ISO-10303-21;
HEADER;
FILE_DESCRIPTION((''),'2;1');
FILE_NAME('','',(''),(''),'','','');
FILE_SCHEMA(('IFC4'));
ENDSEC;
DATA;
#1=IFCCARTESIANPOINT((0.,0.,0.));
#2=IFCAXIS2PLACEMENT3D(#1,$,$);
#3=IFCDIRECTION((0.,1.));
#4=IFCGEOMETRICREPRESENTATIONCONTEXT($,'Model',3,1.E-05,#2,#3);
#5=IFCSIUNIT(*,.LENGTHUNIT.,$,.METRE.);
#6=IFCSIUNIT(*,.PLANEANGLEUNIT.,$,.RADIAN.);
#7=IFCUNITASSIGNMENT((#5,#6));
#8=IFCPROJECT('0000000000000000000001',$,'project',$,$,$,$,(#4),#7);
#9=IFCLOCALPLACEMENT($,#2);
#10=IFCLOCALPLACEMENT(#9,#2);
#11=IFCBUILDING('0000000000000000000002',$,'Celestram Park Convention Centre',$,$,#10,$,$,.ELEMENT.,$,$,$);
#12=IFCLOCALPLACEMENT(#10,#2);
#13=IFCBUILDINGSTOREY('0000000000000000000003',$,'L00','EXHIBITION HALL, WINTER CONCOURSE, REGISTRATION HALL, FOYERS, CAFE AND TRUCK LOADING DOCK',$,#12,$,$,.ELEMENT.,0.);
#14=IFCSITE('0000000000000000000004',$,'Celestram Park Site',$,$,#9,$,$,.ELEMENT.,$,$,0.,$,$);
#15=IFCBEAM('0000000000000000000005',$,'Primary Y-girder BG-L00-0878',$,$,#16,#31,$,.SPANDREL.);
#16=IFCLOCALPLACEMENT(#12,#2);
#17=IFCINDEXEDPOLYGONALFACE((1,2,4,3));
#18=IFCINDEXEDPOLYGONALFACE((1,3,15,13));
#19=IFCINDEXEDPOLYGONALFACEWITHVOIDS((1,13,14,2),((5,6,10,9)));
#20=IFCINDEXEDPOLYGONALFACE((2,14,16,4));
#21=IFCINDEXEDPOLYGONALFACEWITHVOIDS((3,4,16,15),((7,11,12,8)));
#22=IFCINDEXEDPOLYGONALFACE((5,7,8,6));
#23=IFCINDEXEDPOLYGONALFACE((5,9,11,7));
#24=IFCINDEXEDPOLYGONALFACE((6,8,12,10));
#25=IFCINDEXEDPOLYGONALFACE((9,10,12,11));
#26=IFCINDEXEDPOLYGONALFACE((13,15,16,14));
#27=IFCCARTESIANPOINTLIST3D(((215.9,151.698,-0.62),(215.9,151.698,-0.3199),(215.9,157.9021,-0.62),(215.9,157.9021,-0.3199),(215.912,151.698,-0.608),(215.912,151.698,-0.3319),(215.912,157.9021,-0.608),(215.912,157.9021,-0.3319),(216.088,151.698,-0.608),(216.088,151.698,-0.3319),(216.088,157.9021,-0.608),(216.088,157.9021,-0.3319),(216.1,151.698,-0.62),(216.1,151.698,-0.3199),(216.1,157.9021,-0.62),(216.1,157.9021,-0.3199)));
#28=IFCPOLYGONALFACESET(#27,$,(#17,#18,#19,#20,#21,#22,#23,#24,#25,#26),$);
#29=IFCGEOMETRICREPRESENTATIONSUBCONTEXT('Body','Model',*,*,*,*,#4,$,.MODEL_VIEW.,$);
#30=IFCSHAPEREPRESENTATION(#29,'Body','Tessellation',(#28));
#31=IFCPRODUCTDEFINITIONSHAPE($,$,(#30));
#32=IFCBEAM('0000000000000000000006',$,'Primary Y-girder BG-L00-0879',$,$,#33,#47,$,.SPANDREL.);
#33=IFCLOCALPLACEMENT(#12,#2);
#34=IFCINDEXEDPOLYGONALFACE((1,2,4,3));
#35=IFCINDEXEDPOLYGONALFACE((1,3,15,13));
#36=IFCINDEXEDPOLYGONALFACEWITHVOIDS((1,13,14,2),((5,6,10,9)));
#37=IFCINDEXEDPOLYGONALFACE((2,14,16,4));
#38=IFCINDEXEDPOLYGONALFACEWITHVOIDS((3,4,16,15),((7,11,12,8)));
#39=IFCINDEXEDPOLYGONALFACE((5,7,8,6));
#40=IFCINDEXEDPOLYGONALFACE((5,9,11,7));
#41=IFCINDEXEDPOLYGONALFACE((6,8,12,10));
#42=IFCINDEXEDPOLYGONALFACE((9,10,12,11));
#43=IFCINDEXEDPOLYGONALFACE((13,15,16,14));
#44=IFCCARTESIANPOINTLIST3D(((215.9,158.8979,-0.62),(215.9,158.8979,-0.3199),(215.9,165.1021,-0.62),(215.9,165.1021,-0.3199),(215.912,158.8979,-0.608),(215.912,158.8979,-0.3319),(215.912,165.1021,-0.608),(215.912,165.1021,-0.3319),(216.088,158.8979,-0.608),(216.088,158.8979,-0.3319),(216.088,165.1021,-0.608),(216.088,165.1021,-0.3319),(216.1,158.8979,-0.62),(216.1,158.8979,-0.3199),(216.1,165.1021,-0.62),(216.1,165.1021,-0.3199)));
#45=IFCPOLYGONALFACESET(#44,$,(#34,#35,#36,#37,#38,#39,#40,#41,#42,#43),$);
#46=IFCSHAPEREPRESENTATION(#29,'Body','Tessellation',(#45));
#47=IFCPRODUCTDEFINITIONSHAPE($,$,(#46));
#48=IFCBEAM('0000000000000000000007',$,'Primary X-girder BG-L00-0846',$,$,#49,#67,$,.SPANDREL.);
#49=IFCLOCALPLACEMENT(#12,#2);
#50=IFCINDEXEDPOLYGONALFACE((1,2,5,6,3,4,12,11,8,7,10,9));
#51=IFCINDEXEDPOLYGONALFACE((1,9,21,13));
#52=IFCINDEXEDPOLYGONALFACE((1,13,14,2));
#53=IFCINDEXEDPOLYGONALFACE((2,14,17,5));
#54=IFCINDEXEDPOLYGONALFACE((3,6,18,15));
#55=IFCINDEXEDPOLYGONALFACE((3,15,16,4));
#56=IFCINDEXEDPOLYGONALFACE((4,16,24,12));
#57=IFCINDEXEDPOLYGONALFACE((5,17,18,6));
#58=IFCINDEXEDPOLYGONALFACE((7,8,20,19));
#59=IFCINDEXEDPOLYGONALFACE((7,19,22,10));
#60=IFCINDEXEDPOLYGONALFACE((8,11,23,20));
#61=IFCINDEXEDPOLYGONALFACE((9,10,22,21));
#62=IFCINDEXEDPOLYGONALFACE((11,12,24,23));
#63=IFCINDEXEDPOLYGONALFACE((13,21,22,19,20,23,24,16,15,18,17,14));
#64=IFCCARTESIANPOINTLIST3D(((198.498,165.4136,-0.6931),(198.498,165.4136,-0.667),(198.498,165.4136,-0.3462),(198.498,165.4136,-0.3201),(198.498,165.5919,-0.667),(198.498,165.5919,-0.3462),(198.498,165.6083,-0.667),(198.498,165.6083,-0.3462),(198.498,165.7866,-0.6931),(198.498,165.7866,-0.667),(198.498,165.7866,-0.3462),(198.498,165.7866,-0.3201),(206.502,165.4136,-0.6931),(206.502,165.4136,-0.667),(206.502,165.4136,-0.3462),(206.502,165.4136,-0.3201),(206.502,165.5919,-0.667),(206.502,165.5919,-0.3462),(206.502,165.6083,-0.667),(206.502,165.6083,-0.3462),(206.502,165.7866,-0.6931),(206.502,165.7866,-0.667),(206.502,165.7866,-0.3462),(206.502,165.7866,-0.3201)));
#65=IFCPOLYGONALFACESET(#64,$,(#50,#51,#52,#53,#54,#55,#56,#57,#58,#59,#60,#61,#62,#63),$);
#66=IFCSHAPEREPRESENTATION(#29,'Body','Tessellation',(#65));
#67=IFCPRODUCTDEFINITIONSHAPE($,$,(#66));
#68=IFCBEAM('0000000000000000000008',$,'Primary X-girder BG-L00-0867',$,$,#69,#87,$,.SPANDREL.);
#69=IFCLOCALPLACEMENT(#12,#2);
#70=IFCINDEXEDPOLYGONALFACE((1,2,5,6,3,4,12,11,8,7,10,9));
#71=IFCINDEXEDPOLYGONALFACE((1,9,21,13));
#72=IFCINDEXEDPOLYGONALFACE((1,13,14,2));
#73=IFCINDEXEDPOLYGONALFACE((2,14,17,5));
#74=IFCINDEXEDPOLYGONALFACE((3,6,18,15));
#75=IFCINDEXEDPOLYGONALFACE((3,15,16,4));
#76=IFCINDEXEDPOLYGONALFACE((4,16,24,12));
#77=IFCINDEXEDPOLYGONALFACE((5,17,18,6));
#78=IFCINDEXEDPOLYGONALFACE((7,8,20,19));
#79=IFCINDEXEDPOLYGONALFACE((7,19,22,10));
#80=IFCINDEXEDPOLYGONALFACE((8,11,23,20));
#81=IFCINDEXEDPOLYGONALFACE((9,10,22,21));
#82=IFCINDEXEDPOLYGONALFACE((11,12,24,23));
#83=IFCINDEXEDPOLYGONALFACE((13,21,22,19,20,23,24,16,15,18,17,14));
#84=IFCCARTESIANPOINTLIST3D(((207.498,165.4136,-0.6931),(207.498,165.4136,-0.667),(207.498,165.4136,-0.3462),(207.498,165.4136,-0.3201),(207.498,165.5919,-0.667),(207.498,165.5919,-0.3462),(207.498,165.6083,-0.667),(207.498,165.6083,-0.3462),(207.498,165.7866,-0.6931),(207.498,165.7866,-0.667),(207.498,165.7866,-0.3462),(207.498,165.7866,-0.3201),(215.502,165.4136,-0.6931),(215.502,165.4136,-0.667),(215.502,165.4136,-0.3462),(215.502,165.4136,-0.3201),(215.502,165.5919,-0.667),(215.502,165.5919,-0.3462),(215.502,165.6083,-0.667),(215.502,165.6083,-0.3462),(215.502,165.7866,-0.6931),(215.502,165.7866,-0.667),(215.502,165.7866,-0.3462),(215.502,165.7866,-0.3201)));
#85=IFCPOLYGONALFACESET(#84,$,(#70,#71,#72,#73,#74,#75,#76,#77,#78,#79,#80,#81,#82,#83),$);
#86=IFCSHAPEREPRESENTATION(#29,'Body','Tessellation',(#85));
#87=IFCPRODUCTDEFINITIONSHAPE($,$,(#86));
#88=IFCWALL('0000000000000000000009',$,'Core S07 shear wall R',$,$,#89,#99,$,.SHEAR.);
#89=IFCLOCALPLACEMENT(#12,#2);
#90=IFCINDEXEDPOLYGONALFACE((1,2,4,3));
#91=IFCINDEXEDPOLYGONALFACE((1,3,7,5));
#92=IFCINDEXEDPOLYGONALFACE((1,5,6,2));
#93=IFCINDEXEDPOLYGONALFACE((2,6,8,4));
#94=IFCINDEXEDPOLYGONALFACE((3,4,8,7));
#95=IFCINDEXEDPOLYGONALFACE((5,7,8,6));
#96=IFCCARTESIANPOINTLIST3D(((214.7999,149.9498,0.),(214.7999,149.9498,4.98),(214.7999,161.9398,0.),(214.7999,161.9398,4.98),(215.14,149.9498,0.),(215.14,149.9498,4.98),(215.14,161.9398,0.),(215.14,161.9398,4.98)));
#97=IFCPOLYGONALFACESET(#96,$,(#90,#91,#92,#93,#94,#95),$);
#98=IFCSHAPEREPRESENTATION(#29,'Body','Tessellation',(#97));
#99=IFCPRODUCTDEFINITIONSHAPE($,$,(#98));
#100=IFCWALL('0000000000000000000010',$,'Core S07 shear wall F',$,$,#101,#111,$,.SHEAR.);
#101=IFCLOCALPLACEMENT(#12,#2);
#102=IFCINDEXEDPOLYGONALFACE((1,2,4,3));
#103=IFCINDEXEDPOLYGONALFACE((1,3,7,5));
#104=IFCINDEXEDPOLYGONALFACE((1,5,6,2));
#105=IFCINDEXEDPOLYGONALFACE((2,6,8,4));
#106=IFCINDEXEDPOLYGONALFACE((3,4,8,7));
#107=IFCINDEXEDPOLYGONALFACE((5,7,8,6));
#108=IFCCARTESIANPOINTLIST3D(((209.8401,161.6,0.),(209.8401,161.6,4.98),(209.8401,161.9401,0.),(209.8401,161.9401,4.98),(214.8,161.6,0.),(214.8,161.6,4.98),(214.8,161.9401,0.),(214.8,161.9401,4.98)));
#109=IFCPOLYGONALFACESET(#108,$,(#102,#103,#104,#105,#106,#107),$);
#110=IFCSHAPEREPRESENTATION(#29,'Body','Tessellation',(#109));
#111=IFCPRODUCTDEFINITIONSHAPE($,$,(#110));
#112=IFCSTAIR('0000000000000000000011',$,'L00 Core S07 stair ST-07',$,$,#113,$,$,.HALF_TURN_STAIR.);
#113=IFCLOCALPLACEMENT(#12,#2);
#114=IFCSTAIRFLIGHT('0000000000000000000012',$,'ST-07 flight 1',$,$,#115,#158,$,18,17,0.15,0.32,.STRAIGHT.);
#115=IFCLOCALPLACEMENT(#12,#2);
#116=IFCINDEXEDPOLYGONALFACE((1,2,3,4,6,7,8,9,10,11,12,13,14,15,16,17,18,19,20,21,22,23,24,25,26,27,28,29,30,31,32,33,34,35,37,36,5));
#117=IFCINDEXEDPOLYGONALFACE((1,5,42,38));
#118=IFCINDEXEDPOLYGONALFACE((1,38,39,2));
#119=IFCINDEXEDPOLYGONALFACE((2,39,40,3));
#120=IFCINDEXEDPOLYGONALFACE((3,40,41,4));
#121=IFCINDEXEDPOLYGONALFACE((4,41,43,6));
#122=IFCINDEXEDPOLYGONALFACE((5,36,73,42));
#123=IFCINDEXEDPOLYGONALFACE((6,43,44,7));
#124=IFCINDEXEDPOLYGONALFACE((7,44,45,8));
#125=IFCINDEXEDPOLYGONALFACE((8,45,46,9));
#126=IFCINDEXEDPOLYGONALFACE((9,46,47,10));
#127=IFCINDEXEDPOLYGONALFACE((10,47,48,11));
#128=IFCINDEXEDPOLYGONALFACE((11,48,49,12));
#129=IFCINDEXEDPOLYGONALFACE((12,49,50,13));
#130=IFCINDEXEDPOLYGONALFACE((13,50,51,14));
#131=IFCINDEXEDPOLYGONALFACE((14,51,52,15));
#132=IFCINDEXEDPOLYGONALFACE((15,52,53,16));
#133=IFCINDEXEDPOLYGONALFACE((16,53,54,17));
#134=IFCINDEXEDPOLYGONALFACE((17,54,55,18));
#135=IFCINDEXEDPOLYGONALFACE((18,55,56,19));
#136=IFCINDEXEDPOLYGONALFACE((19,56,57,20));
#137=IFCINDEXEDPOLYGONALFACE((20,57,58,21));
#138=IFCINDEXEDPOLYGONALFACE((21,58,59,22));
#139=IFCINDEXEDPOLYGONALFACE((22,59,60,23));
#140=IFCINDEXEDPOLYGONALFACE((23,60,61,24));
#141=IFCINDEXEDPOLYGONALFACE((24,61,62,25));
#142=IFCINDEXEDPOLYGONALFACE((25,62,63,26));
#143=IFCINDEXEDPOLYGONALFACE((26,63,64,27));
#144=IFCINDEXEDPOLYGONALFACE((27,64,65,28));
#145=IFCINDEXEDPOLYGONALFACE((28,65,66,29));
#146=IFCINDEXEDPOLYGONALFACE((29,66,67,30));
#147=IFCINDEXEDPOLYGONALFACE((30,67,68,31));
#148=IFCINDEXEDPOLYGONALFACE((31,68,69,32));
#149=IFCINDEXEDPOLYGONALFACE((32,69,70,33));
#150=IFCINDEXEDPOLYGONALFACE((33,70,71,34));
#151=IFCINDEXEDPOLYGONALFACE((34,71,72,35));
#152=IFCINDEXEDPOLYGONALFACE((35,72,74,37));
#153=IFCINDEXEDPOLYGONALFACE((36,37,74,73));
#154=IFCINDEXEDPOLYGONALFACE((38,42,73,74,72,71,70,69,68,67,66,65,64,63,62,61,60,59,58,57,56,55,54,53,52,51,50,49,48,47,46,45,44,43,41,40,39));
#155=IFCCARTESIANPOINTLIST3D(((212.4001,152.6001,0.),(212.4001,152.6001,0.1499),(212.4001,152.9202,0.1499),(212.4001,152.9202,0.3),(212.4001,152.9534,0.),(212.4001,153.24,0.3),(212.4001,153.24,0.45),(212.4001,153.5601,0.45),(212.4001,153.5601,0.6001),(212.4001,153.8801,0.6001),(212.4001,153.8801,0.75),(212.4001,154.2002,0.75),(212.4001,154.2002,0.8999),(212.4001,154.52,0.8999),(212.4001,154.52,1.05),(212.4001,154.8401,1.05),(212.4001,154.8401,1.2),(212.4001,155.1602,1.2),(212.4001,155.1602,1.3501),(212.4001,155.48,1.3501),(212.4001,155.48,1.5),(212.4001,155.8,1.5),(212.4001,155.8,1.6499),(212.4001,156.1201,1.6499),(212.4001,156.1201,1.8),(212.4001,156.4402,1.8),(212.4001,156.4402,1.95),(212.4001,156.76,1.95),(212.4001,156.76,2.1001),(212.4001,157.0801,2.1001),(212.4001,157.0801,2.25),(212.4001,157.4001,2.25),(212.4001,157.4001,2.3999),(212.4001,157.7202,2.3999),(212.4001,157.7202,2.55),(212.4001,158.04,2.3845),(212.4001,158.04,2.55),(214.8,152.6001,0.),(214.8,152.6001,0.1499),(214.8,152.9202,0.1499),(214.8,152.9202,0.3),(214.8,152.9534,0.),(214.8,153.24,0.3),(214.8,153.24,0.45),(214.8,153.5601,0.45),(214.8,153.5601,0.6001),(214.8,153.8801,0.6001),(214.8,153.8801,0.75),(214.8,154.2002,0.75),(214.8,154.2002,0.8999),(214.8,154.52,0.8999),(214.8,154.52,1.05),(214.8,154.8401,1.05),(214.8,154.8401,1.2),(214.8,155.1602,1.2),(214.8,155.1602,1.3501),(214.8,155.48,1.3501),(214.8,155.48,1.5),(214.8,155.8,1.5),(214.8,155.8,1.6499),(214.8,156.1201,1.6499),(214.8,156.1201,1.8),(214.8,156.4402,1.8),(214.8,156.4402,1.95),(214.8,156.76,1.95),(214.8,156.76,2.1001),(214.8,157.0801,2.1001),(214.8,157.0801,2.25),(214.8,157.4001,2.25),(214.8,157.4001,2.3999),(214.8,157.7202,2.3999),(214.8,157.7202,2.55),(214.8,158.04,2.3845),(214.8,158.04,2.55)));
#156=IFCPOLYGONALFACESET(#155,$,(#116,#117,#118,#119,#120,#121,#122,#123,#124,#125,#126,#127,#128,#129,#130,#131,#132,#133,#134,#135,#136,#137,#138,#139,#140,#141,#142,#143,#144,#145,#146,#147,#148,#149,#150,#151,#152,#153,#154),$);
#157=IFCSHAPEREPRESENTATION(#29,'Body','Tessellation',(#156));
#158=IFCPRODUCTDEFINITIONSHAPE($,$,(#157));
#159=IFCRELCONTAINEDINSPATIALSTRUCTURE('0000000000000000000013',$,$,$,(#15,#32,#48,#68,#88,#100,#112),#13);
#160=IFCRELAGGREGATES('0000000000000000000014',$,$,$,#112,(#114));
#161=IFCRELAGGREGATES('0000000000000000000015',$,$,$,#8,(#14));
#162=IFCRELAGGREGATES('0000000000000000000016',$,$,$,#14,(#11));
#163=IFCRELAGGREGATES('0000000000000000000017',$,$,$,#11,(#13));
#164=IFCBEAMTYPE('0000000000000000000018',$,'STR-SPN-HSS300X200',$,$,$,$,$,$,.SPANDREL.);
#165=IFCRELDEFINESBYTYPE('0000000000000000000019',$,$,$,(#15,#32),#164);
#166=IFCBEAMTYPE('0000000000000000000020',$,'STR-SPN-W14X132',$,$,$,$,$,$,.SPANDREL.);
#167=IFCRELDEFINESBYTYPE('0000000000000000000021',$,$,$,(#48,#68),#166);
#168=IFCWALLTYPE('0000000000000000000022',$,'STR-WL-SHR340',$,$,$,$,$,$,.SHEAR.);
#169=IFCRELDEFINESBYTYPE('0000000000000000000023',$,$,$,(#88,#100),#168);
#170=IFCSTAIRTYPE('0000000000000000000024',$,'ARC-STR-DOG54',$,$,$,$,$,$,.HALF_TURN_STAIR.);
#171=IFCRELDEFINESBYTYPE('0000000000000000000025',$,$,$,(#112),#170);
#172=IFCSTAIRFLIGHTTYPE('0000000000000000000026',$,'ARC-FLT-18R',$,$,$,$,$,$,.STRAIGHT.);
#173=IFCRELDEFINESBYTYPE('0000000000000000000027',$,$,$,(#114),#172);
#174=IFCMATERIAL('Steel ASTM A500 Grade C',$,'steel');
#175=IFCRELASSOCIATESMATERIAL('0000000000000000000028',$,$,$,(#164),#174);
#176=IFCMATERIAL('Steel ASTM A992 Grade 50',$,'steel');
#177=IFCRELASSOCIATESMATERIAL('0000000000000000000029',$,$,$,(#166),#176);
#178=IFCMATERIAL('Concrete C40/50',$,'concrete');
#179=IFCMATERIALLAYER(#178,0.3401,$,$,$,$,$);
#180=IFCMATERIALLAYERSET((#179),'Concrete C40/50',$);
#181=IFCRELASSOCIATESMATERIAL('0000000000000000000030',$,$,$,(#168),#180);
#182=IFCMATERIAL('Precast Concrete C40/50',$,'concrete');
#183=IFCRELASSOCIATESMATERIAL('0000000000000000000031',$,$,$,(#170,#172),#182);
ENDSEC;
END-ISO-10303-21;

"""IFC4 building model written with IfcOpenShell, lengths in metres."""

from ifc_helpers import new_model, si_unit, direction, frame, frame_2d, origin, origin_2d, place, context, subcontext, project, spatial, polyline, rectangle, hollow_rectangle, i_section, outline, extrude, material, layer, layer_set, material_profile, profile_set, type_object, element, aggregate, save


model = new_model("IFC4")

# Units and contexts
model_context = context("Model", 3, precision=1e-05, world=origin(), true_north=direction((0.0, 1.0)))
body_context = subcontext(model_context, "Body", "Model", "MODEL_VIEW")
ifc_project = project(units=[si_unit("LENGTHUNIT", "METRE"), si_unit("PLANEANGLEUNIT", "RADIAN")], contexts=[model_context])

# Site, building, storey
site_placement = place(None, origin())
site = spatial("IfcSite", under=ifc_project, at=site_placement, Name="Celestram Park Site", CompositionType="ELEMENT", RefElevation=0.0)
building_placement = place(site_placement, origin())
building = spatial("IfcBuilding", under=site, at=building_placement, Name="Celestram Park Convention Centre", CompositionType="ELEMENT")
storey_placement = place(building_placement, origin())
storey = spatial("IfcBuildingStorey", under=building, at=storey_placement, Name="L00", Description="EXHIBITION HALL, WINTER CONCOURSE, REGISTRATION HALL, FOYERS, CAFE AND TRUCK LOADING DOCK", CompositionType="ELEMENT", Elevation=0.0)

# Shared definitions
ifc_material_1 = material(Name="Steel ASTM A500 Grade C", Category="steel")
ifc_material_2 = material(Name="Concrete C40/50", Category="concrete")

# Beams
ifc_material_3 = material(Name="Steel ASTM A992 Grade 50", Category="steel")
ifc_material_profile_1 = material_profile(ifc_material_1, hollow_rectangle(XDim=0.2, YDim=0.3, WallThickness=0.012, at=origin_2d()), Name="HSS300X200X12")
ifc_profile_set_1 = profile_set([ifc_material_profile_1], Name="Steel ASTM A500 Grade C")
beam_type_1 = type_object("IfcBeamType", Name="STR-SPN-HSS300X200", PredefinedType="SPANDREL", material=ifc_profile_set_1)
for number, where, z_axis, x_axis, name in (
    (1, (216.0, 151.698, -0.47), (0.0, 1.0, 0.0), (-1.0, 0.0, 0.0), "Primary Y-girder BG-L00-0878"),
    (2, (216.0, 158.8979, -0.47), (0.0, 1.0, 0.0), (-1.0, 0.0, 0.0), "Primary Y-girder BG-L00-0879"),
):
    element("IfcBeam", number, at=place(storey_placement, frame(where, z_axis=z_axis, x_axis=x_axis)), inside=storey, type_object=beam_type_1, Name=name, PredefinedType="SPANDREL", context=body_context, shape_type="SweptSolid", body=[
        extrude(hollow_rectangle(XDim=0.2, YDim=0.3, WallThickness=0.012, at=origin_2d()), origin(), (0.0, 0.0, 1.0), 6.2041),
    ])
ifc_material_profile_2 = material_profile(ifc_material_3, i_section(OverallWidth=0.373, OverallDepth=0.373, WebThickness=0.0164, FlangeThickness=0.0261, at=origin_2d()), Name="W14X132")
ifc_profile_set_2 = profile_set([ifc_material_profile_2], Name="Steel ASTM A992 Grade 50")
beam_type_2 = type_object("IfcBeamType", Name="STR-SPN-W14X132", PredefinedType="SPANDREL", material=ifc_profile_set_2)
for number, where, z_axis, x_axis, name in (
    (3, (198.498, 165.6001, -0.5066), (1.0, 0.0, 0.0), (0.0, 1.0, 0.0), "Primary X-girder BG-L00-0846"),
    (4, (207.498, 165.6001, -0.5066), (1.0, 0.0, 0.0), (0.0, 1.0, 0.0), "Primary X-girder BG-L00-0867"),
):
    element("IfcBeam", number, at=place(storey_placement, frame(where, z_axis=z_axis, x_axis=x_axis)), inside=storey, type_object=beam_type_2, Name=name, PredefinedType="SPANDREL", context=body_context, shape_type="SweptSolid", body=[
        extrude(i_section(OverallWidth=0.373, OverallDepth=0.373, WebThickness=0.0164, FlangeThickness=0.0261, at=origin_2d()), origin(), (0.0, 0.0, 1.0), 8.0039),
    ])

# Shared definitions
ifc_material_4 = material(Name="Precast Concrete C40/50", Category="concrete")

# Walls
ifc_layer_1 = layer(ifc_material_2, 0.3401)
ifc_layer_set_1 = layer_set([ifc_layer_1], Name="Concrete C40/50")
wall_type_1 = type_object("IfcWallType", Name="STR-WL-SHR340", PredefinedType="SHEAR", material=ifc_layer_set_1)
wall_1_placement = place(storey_placement, frame((214.97, 161.9399, 0.0), z_axis=(0.0, 0.0, 1.0), x_axis=(0.0, -1.0, 0.0)))
element("IfcWall", 5, at=wall_1_placement, inside=storey, type_object=wall_type_1, Name="Core S07 shear wall R", PredefinedType="SHEAR", context=body_context, shape_type="SweptSolid", body=[
    extrude(rectangle(XDim=11.99, YDim=0.3401, at=frame_2d((5.9951, 0.0))), origin(), (0.0, 0.0, 1.0), 4.98),
])
wall_2_placement = place(storey_placement, frame((209.8401, 161.77, 0.0), z_axis=(0.0, 0.0, 1.0), x_axis=(1.0, 0.0, 0.0)))
element("IfcWall", 6, at=wall_2_placement, inside=storey, type_object=wall_type_1, Name="Core S07 shear wall F", PredefinedType="SHEAR", context=body_context, shape_type="SweptSolid", body=[
    extrude(rectangle(XDim=4.96, YDim=0.3401, at=frame_2d((2.48, 0.0))), origin(), (0.0, 0.0, 1.0), 4.98),
])

# Stair, stair flight
stair_type = type_object("IfcStairType", Name="ARC-STR-DOG54", PredefinedType="HALF_TURN_STAIR", material=ifc_material_4)
stair_placement = place(storey_placement, origin())
stair = element("IfcStair", 7, at=stair_placement, inside=storey, type_object=stair_type, Name="L00 Core S07 stair ST-07", PredefinedType="HALF_TURN_STAIR")
stair_flight_type = type_object("IfcStairFlightType", Name="ARC-FLT-18R", PredefinedType="STRAIGHT", material=ifc_material_4)
stair_flight_1_placement = place(storey_placement, frame((213.6001, 152.6001, 0.0), z_axis=(0.0, 0.0, 1.0), x_axis=(0.0, 1.0, 0.0)))
stair_flight_1 = element("IfcStairFlight", 8, at=stair_flight_1_placement, type_object=stair_flight_type, Name="ST-07 flight 1", NumberOfRisers=18, NumberOfTreads=17, PredefinedType="STRAIGHT", RiserHeight=0.15, TreadLength=0.32, context=body_context, shape_type="SweptSolid", body=[
    extrude(outline(polyline([(0.0, 0.0), (0.0, 0.1499), (0.3201, 0.1499), (0.3201, 0.3), (0.6399, 0.3), (0.6399, 0.45), (0.96, 0.45), (0.96, 0.6001), (1.28, 0.6001), (1.28, 0.75), (1.6001, 0.75), (1.6001, 0.8999), (1.9199, 0.8999), (1.9199, 1.05), (2.24, 1.05), (2.24, 1.2), (2.5601, 1.2), (2.5601, 1.3501), (2.8799, 1.3501), (2.8799, 1.5), (3.2, 1.5), (3.2, 1.6499), (3.52, 1.6499), (3.52, 1.8), (3.8401, 1.8), (3.8401, 1.95), (4.1599, 1.95), (4.1599, 2.1001), (4.48, 2.1001), (4.48, 2.25), (4.8, 2.25), (4.8, 2.3999), (5.1201, 2.3999), (5.1201, 2.55), (5.4399, 2.55), (5.4399, 2.7), (5.4399, 2.3845), (0.3533, 0.0), (0.0, 0.0)])), frame((0.0, 1.2, 0.0), z_axis=(0.0, -1.0, 0.0), x_axis=(1.0, 0.0, 0.0)), (0.0, 0.0, 1.0), 2.3999),
])
aggregate(stair, [stair_flight_1])

save(model, "model.ifc")
